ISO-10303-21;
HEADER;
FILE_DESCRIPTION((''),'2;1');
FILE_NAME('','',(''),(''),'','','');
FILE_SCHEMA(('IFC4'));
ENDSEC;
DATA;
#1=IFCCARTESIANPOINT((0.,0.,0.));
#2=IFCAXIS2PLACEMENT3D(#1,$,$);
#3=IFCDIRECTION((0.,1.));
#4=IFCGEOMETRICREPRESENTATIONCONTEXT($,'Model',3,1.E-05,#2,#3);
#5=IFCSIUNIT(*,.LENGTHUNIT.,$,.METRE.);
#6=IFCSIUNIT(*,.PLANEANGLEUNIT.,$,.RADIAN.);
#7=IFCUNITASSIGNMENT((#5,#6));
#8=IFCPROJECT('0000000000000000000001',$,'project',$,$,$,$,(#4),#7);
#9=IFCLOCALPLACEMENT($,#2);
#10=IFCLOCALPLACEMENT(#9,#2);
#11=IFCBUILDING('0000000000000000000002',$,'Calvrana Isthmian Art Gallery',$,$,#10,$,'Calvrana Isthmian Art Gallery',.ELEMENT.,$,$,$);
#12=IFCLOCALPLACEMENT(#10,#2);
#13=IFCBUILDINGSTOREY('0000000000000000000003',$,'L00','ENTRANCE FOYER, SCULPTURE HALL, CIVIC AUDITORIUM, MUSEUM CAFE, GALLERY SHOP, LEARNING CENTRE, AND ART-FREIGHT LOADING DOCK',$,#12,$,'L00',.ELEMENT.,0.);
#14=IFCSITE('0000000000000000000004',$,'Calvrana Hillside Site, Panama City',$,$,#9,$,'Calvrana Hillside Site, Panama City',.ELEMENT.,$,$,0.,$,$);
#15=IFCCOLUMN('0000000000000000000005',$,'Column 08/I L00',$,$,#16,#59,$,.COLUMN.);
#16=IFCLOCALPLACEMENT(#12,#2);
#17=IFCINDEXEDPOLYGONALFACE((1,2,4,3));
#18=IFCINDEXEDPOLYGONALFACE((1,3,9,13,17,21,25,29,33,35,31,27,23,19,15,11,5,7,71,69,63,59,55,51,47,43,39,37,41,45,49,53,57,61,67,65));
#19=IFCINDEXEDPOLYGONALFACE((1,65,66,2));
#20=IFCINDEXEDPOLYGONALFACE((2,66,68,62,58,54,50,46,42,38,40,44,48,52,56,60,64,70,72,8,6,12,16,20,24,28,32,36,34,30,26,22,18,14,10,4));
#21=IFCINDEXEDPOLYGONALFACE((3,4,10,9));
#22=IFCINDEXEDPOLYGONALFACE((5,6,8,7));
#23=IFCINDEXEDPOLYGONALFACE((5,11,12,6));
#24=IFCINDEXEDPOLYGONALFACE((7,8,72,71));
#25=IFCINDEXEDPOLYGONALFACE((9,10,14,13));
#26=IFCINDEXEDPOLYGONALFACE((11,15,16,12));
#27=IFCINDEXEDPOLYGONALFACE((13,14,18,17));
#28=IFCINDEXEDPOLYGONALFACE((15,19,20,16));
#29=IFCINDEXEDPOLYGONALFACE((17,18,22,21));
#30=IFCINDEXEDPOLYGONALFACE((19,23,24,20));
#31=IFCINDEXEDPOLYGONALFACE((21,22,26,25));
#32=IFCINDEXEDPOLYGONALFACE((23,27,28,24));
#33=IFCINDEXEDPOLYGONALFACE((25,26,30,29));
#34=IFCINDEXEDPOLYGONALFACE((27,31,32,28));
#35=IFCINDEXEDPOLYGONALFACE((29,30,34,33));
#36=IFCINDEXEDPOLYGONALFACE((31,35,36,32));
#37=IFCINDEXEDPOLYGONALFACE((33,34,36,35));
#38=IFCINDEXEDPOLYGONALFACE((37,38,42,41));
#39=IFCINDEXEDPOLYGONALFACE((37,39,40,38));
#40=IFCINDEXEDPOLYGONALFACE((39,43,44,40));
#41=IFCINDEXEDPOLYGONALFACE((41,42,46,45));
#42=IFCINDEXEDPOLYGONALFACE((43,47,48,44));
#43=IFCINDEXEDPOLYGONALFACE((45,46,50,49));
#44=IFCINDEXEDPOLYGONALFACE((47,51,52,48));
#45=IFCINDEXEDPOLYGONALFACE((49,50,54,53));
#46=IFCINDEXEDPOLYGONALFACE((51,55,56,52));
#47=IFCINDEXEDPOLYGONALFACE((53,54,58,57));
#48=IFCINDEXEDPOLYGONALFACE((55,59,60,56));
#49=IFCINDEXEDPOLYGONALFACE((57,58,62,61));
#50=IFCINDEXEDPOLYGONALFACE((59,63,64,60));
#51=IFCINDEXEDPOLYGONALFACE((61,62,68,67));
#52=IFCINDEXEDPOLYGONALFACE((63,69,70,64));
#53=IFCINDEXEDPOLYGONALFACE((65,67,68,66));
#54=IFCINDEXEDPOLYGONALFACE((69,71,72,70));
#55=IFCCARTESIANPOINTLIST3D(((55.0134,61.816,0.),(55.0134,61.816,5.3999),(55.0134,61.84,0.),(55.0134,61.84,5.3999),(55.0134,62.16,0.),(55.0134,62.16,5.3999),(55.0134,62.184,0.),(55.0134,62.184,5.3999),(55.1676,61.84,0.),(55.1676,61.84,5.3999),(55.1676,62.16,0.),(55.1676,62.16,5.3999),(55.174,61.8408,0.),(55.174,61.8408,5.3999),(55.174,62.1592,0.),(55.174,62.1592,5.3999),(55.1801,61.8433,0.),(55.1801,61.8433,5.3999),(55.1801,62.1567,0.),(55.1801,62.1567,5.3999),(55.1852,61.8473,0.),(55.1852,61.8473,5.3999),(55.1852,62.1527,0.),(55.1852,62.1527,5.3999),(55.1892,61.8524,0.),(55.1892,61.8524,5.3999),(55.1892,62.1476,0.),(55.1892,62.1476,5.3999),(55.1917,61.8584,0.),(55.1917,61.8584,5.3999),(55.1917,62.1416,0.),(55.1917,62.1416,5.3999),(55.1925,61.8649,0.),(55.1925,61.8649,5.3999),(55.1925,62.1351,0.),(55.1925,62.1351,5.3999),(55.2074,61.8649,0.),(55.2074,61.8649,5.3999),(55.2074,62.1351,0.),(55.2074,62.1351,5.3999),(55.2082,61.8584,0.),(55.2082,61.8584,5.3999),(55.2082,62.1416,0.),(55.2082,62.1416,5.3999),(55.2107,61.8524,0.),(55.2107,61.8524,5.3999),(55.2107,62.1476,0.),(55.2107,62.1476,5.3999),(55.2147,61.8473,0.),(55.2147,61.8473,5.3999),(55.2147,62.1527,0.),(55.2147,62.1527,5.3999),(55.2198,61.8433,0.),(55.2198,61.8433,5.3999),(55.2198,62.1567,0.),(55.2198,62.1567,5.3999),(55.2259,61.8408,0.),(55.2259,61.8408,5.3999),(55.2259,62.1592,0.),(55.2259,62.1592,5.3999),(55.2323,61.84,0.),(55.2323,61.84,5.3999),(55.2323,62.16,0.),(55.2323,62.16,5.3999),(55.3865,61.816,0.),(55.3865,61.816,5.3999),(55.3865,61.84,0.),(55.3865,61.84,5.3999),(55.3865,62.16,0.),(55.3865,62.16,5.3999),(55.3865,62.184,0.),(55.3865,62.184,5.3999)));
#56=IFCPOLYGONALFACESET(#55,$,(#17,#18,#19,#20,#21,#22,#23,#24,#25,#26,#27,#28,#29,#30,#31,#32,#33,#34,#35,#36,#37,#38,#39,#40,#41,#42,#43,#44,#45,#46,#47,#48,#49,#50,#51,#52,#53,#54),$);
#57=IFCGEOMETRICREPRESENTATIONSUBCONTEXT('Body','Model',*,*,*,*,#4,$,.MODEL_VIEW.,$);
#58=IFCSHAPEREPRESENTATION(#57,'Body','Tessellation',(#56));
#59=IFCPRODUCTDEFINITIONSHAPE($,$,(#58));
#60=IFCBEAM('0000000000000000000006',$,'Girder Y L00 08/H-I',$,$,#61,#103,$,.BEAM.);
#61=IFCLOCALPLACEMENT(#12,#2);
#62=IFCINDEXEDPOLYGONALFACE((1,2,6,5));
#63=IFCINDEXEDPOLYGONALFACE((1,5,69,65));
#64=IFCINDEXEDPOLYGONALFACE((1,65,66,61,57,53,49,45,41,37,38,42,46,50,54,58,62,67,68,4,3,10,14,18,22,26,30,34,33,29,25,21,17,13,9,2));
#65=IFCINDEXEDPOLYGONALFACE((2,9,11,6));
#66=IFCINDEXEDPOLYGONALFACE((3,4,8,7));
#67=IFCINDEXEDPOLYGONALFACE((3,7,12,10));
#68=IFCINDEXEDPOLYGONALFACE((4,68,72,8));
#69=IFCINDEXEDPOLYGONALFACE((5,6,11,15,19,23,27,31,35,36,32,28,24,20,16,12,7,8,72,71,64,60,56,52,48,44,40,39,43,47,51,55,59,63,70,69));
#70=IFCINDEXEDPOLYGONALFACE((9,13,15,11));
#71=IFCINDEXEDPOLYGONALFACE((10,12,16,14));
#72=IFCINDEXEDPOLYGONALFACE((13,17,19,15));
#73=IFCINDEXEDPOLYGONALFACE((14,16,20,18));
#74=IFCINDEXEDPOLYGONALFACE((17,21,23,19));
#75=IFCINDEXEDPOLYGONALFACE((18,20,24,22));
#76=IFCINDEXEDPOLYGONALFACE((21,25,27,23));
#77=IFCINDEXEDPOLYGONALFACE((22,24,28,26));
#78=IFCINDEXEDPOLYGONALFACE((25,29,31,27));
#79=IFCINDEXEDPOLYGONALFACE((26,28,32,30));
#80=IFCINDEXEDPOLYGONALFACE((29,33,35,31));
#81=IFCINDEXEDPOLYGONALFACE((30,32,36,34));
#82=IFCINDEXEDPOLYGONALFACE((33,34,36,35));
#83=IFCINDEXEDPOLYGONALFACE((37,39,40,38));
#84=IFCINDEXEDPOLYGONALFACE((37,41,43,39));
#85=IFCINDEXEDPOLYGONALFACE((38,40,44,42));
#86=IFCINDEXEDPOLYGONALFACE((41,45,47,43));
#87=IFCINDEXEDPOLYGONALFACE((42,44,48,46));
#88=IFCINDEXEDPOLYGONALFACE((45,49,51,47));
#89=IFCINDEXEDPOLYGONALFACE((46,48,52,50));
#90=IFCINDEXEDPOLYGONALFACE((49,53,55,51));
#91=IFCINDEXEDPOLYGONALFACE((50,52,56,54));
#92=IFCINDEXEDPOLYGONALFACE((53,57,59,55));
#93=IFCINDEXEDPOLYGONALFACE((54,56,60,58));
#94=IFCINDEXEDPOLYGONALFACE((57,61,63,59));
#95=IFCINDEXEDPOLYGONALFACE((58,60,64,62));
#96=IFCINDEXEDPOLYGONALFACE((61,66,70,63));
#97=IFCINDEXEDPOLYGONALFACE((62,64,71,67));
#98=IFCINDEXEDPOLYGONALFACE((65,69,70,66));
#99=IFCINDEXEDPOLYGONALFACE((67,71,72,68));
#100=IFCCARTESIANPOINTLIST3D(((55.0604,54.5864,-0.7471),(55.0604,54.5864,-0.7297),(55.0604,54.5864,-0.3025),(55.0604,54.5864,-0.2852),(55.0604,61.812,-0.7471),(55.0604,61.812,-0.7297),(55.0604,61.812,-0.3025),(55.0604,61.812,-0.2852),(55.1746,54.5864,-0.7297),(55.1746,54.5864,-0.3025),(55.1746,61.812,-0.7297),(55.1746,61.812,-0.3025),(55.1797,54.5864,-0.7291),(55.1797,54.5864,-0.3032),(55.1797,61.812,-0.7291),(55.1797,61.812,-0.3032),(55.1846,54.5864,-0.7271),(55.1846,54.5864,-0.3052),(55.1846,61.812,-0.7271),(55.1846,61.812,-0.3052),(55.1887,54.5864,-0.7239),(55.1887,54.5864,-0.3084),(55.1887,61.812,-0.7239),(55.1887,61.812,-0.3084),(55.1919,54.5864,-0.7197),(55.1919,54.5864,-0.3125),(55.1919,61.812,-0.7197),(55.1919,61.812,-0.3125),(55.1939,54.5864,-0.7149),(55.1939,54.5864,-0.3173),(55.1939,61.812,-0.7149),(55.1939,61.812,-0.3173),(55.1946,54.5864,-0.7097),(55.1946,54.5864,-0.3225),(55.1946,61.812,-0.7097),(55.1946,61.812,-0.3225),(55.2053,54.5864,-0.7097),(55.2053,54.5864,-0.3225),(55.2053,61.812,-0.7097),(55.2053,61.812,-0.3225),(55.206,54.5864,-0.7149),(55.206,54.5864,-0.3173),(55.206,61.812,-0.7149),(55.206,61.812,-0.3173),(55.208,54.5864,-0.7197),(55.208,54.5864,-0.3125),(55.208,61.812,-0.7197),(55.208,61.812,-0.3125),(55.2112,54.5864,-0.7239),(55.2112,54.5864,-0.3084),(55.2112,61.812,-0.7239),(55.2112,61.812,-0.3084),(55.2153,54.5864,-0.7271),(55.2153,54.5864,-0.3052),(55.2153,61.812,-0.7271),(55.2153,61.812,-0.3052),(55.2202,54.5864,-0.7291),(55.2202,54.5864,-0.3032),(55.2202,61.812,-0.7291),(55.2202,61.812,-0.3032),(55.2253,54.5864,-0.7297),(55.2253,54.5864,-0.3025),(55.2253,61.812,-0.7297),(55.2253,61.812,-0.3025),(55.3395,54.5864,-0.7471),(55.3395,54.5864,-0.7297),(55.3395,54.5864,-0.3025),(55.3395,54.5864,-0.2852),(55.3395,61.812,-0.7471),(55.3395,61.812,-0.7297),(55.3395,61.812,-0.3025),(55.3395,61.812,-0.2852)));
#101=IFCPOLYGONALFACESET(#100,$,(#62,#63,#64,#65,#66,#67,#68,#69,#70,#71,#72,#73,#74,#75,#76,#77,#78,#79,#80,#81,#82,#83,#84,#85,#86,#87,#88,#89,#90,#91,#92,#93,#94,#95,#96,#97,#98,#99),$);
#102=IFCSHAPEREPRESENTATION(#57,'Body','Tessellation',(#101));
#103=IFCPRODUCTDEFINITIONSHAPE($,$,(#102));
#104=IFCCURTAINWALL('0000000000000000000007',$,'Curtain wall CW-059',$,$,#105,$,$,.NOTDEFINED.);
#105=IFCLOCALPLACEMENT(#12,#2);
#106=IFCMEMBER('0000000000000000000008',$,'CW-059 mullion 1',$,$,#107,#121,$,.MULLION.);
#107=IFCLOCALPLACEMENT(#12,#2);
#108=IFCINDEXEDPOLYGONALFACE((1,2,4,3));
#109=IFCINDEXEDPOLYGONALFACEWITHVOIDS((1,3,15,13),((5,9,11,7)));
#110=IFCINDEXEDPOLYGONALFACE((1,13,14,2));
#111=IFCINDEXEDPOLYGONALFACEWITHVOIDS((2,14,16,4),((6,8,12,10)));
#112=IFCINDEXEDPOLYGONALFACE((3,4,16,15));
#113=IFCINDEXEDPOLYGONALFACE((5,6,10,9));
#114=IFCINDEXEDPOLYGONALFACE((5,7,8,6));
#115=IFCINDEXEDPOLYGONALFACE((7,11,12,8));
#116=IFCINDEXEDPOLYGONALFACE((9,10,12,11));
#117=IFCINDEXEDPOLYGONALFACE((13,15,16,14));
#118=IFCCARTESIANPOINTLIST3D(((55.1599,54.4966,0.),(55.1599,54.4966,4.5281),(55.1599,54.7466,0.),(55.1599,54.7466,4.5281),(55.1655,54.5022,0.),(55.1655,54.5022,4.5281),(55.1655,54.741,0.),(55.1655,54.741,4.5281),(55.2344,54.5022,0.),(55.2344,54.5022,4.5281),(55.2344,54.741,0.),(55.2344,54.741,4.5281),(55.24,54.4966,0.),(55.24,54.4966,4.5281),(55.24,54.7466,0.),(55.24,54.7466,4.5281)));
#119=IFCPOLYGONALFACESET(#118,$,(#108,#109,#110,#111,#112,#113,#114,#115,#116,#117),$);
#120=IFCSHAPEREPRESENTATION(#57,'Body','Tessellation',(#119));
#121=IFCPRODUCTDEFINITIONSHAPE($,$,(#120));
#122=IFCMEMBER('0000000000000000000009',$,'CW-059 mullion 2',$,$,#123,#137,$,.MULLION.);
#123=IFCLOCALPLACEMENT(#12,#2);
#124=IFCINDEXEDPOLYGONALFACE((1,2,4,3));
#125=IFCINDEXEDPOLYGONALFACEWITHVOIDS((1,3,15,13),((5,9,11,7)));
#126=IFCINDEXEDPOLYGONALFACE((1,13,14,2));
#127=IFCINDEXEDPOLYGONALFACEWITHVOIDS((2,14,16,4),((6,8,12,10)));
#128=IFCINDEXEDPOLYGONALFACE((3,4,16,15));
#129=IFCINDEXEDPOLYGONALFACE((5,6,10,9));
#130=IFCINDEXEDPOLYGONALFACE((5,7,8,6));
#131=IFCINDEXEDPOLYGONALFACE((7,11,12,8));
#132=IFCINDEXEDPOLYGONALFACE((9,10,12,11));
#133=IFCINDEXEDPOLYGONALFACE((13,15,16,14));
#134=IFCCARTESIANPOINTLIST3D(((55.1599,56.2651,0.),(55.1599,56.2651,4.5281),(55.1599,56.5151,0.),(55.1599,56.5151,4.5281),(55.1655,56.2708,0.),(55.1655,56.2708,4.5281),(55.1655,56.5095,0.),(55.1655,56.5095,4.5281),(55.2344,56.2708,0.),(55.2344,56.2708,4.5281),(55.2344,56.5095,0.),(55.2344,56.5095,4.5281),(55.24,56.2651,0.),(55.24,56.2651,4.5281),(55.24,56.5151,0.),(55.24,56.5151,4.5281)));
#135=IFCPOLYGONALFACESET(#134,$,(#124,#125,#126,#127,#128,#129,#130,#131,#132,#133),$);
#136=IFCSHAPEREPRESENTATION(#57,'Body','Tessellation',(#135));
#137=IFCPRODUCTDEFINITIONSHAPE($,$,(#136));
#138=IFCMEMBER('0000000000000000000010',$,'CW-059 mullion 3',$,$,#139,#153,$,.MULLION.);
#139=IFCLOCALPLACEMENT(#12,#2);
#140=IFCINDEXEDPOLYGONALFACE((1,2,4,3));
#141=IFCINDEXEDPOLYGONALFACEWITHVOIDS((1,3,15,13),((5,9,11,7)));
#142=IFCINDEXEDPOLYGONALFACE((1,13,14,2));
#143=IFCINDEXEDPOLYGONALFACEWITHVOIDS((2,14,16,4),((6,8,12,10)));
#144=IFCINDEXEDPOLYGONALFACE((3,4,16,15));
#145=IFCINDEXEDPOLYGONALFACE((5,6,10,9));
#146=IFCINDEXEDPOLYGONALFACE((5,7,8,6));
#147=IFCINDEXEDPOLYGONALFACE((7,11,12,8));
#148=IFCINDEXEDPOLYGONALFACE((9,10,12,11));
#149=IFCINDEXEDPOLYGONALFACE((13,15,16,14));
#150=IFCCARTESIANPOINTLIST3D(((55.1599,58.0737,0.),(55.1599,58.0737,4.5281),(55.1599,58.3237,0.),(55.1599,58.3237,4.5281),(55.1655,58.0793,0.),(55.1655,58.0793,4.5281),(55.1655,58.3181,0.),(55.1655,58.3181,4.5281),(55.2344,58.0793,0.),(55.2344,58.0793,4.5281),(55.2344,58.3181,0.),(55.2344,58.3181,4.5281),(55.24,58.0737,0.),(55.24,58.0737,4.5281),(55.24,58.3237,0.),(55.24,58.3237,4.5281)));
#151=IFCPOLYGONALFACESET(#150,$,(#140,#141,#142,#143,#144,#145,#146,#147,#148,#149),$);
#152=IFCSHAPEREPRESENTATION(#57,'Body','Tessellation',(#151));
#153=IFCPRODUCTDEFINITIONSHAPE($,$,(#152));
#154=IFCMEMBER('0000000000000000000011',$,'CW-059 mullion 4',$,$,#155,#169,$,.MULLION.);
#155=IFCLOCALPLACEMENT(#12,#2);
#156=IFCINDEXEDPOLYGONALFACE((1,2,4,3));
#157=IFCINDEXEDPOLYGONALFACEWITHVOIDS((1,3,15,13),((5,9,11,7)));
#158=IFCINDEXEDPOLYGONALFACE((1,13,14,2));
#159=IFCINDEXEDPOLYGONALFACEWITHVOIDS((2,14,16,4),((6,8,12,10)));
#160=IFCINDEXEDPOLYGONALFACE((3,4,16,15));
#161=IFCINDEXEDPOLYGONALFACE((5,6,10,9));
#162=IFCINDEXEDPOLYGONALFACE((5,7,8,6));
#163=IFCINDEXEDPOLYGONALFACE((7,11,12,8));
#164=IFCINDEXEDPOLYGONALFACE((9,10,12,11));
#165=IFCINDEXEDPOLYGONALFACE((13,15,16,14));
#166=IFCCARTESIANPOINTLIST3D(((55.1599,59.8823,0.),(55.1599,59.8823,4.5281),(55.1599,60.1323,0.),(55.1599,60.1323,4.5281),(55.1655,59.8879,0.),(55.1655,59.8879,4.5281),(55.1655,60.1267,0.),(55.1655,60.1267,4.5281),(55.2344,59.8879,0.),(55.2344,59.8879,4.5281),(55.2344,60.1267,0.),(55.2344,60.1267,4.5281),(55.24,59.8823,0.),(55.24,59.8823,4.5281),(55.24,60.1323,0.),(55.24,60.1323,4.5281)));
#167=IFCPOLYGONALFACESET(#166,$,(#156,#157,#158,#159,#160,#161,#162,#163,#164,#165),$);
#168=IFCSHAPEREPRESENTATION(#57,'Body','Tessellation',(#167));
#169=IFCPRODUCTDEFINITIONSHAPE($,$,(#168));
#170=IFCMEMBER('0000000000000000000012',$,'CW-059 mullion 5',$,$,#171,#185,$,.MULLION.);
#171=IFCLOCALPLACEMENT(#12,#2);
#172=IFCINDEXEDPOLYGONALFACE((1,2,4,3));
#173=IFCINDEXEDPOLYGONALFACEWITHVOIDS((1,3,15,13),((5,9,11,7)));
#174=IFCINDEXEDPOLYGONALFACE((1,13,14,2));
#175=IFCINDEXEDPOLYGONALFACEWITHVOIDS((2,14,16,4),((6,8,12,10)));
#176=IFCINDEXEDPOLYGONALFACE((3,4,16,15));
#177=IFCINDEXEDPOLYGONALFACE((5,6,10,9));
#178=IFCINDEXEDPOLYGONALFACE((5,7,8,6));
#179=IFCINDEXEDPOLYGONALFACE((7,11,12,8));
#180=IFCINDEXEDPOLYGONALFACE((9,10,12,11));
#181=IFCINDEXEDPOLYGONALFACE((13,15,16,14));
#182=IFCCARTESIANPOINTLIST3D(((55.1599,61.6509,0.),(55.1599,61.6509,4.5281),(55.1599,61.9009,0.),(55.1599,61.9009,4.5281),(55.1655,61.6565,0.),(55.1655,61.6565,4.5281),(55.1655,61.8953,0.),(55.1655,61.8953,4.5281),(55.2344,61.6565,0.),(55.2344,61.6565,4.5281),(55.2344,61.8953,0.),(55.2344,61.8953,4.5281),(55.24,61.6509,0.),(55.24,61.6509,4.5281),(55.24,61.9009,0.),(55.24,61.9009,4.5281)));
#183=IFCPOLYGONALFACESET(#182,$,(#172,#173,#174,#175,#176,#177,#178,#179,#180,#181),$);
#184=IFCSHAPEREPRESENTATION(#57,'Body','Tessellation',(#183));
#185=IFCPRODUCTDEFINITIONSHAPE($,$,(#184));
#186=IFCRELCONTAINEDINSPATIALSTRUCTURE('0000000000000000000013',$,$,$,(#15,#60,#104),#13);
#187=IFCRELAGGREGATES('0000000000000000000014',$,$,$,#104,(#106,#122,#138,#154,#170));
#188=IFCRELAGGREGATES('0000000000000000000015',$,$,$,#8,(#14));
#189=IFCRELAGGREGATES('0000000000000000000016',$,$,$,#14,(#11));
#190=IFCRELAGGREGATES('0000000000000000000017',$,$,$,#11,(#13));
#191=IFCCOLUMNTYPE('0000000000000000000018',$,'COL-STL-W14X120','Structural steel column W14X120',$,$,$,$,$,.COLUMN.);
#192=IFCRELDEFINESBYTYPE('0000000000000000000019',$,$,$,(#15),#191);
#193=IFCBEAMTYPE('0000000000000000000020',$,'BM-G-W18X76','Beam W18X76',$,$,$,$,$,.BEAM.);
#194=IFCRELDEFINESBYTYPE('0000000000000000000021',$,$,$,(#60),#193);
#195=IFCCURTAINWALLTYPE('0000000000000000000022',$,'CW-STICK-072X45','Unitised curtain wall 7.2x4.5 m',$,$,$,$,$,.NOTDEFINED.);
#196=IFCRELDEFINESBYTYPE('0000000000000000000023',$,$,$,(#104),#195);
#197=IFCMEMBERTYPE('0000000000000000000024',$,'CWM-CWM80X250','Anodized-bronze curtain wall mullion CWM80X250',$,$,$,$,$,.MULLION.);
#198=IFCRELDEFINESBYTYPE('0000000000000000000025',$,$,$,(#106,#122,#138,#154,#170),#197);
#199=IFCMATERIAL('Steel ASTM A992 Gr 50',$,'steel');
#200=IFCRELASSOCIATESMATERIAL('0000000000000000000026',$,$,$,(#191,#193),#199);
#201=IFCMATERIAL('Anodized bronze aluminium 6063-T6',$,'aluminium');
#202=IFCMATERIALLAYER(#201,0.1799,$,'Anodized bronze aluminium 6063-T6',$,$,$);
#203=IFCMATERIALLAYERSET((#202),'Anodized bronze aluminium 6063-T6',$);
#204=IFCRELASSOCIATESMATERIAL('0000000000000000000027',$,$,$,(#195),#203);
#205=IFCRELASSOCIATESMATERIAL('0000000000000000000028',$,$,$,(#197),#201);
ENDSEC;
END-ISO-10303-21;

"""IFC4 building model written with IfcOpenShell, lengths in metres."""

from ifc_helpers import new_model, si_unit, direction, frame, origin, origin_2d, place, context, subcontext, project, spatial, hollow_rectangle, i_section, extrude, material, layer, layer_set, material_profile, profile_set, type_object, element, aggregate, save


model = new_model("IFC4")

# Units and contexts
model_context = context("Model", 3, precision=1e-05, world=origin(), true_north=direction((0.0, 1.0)))
body_context = subcontext(model_context, "Body", "Model", "MODEL_VIEW")
ifc_project = project(units=[si_unit("LENGTHUNIT", "METRE"), si_unit("PLANEANGLEUNIT", "RADIAN")], contexts=[model_context])

# Site, building, storey
site_placement = place(None, origin())
site = spatial("IfcSite", under=ifc_project, at=site_placement, Name="Calvrana Hillside Site, Panama City", LongName="Calvrana Hillside Site, Panama City", CompositionType="ELEMENT", RefElevation=0.0)
building_placement = place(site_placement, origin())
building = spatial("IfcBuilding", under=site, at=building_placement, Name="Calvrana Isthmian Art Gallery", LongName="Calvrana Isthmian Art Gallery", CompositionType="ELEMENT")
storey_placement = place(building_placement, origin())
storey = spatial("IfcBuildingStorey", under=building, at=storey_placement, Name="L00", Description="ENTRANCE FOYER, SCULPTURE HALL, CIVIC AUDITORIUM, MUSEUM CAFE, GALLERY SHOP, LEARNING CENTRE, AND ART-FREIGHT LOADING DOCK", LongName="L00", CompositionType="ELEMENT", Elevation=0.0)

# Column
ifc_material_1 = material(Name="Steel ASTM A992 Gr 50", Category="steel")
ifc_material_profile_1 = material_profile(ifc_material_1, i_section(OverallWidth=0.373, OverallDepth=0.3679, WebThickness=0.0149, FlangeThickness=0.0239, FilletRadius=0.0249, at=origin_2d()), Name="W14X120")
ifc_profile_set_1 = profile_set([ifc_material_profile_1], Name="Steel ASTM A992 Gr 50")
column_type = type_object("IfcColumnType", Name="COL-STL-W14X120", Description="Structural steel column W14X120", PredefinedType="COLUMN", material=ifc_profile_set_1)
column_placement = place(storey_placement, frame((55.2, 62.0, 0.0), z_axis=(0.0, 0.0, 1.0), x_axis=(1.0, 0.0, 0.0)))
element("IfcColumn", 1, at=column_placement, inside=storey, type_object=column_type, Name="Column 08/I L00", PredefinedType="COLUMN", context=body_context, shape_type="SweptSolid", body=[
    extrude(i_section(OverallWidth=0.373, OverallDepth=0.3679, WebThickness=0.0149, FlangeThickness=0.0239, FilletRadius=0.0249, at=origin_2d()), origin(), (0.0, 0.0, 1.0), 5.3999),
])

# Beam
ifc_material_profile_2 = material_profile(ifc_material_1, i_section(OverallWidth=0.2791, OverallDepth=0.4619, WebThickness=0.0107, FlangeThickness=0.0173, FilletRadius=0.02, at=origin_2d()), Name="W18X76")
ifc_profile_set_2 = profile_set([ifc_material_profile_2], Name="Steel ASTM A992 Gr 50")
beam_type = type_object("IfcBeamType", Name="BM-G-W18X76", Description="Beam W18X76", PredefinedType="BEAM", material=ifc_profile_set_2)
beam_placement = place(storey_placement, frame((55.2, 54.5864, -0.5161), z_axis=(0.0, 1.0, 0.0), x_axis=(-1.0, 0.0, 0.0)))
element("IfcBeam", 2, at=beam_placement, inside=storey, type_object=beam_type, Name="Girder Y L00 08/H-I", PredefinedType="BEAM", context=body_context, shape_type="SweptSolid", body=[
    extrude(i_section(OverallWidth=0.2791, OverallDepth=0.4619, WebThickness=0.0107, FlangeThickness=0.0173, FilletRadius=0.02, at=origin_2d()), origin(), (0.0, 0.0, 1.0), 7.2256),
])

# Curtain wall, members
ifc_material_2 = material(Name="Anodized bronze aluminium 6063-T6", Category="aluminium")
ifc_layer_1 = layer(ifc_material_2, 0.1799, Name="Anodized bronze aluminium 6063-T6")
ifc_layer_set_1 = layer_set([ifc_layer_1], Name="Anodized bronze aluminium 6063-T6")
curtain_wall_type = type_object("IfcCurtainWallType", Name="CW-STICK-072X45", Description="Unitised curtain wall 7.2x4.5 m", PredefinedType="NOTDEFINED", material=ifc_layer_set_1)
curtain_wall_placement = place(storey_placement, origin())
curtain_wall = element("IfcCurtainWall", 3, at=curtain_wall_placement, inside=storey, type_object=curtain_wall_type, Name="Curtain wall CW-059", PredefinedType="NOTDEFINED")
ifc_material_profile_3 = material_profile(ifc_material_2, hollow_rectangle(XDim=0.0801, YDim=0.25, WallThickness=0.0056, at=origin_2d()), Name="CWM80X250")
ifc_profile_set_3 = profile_set([ifc_material_profile_3], Name="Anodized bronze aluminium 6063-T6")
member_type_1 = type_object("IfcMemberType", Name="CWM-CWM80X250", Description="Anodized-bronze curtain wall mullion CWM80X250", PredefinedType="MULLION", material=ifc_profile_set_3)
member_1_placement = place(storey_placement, frame((55.2, 54.6216, 0.0), z_axis=(0.0, 0.0, 1.0), x_axis=(-1.0, 0.0, 0.0)))
member_1 = element("IfcMember", 4, at=member_1_placement, type_object=member_type_1, Name="CW-059 mullion 1", PredefinedType="MULLION", context=body_context, shape_type="SweptSolid", body=[
    extrude(hollow_rectangle(XDim=0.0801, YDim=0.25, WallThickness=0.0056, at=origin_2d()), origin(), (0.0, 0.0, 1.0), 4.5281),
])
member_2_placement = place(storey_placement, frame((55.2, 56.3901, 0.0), z_axis=(0.0, 0.0, 1.0), x_axis=(-1.0, 0.0, 0.0)))
member_2 = element("IfcMember", 5, at=member_2_placement, type_object=member_type_1, Name="CW-059 mullion 2", PredefinedType="MULLION", context=body_context, shape_type="SweptSolid", body=[
    extrude(hollow_rectangle(XDim=0.0801, YDim=0.25, WallThickness=0.0056, at=origin_2d()), origin(), (0.0, 0.0, 1.0), 4.5281),
])
member_3_placement = place(storey_placement, frame((55.2, 58.1987, 0.0), z_axis=(0.0, 0.0, 1.0), x_axis=(-1.0, 0.0, 0.0)))
member_3 = element("IfcMember", 6, at=member_3_placement, type_object=member_type_1, Name="CW-059 mullion 3", PredefinedType="MULLION", context=body_context, shape_type="SweptSolid", body=[
    extrude(hollow_rectangle(XDim=0.0801, YDim=0.25, WallThickness=0.0056, at=origin_2d()), origin(), (0.0, 0.0, 1.0), 4.5281),
])
member_4_placement = place(storey_placement, frame((55.2, 60.0073, 0.0), z_axis=(0.0, 0.0, 1.0), x_axis=(-1.0, 0.0, 0.0)))
member_4 = element("IfcMember", 7, at=member_4_placement, type_object=member_type_1, Name="CW-059 mullion 4", PredefinedType="MULLION", context=body_context, shape_type="SweptSolid", body=[
    extrude(hollow_rectangle(XDim=0.0801, YDim=0.25, WallThickness=0.0056, at=origin_2d()), origin(), (0.0, 0.0, 1.0), 4.5281),
])
member_5_placement = place(storey_placement, frame((55.2, 61.7759, 0.0), z_axis=(0.0, 0.0, 1.0), x_axis=(-1.0, 0.0, 0.0)))
member_5 = element("IfcMember", 8, at=member_5_placement, type_object=member_type_1, Name="CW-059 mullion 5", PredefinedType="MULLION", context=body_context, shape_type="SweptSolid", body=[
    extrude(hollow_rectangle(XDim=0.0801, YDim=0.25, WallThickness=0.0056, at=origin_2d()), origin(), (0.0, 0.0, 1.0), 4.5281),
])
aggregate(curtain_wall, [member_1, member_2, member_3, member_4, member_5])

save(model, "model.ifc")
